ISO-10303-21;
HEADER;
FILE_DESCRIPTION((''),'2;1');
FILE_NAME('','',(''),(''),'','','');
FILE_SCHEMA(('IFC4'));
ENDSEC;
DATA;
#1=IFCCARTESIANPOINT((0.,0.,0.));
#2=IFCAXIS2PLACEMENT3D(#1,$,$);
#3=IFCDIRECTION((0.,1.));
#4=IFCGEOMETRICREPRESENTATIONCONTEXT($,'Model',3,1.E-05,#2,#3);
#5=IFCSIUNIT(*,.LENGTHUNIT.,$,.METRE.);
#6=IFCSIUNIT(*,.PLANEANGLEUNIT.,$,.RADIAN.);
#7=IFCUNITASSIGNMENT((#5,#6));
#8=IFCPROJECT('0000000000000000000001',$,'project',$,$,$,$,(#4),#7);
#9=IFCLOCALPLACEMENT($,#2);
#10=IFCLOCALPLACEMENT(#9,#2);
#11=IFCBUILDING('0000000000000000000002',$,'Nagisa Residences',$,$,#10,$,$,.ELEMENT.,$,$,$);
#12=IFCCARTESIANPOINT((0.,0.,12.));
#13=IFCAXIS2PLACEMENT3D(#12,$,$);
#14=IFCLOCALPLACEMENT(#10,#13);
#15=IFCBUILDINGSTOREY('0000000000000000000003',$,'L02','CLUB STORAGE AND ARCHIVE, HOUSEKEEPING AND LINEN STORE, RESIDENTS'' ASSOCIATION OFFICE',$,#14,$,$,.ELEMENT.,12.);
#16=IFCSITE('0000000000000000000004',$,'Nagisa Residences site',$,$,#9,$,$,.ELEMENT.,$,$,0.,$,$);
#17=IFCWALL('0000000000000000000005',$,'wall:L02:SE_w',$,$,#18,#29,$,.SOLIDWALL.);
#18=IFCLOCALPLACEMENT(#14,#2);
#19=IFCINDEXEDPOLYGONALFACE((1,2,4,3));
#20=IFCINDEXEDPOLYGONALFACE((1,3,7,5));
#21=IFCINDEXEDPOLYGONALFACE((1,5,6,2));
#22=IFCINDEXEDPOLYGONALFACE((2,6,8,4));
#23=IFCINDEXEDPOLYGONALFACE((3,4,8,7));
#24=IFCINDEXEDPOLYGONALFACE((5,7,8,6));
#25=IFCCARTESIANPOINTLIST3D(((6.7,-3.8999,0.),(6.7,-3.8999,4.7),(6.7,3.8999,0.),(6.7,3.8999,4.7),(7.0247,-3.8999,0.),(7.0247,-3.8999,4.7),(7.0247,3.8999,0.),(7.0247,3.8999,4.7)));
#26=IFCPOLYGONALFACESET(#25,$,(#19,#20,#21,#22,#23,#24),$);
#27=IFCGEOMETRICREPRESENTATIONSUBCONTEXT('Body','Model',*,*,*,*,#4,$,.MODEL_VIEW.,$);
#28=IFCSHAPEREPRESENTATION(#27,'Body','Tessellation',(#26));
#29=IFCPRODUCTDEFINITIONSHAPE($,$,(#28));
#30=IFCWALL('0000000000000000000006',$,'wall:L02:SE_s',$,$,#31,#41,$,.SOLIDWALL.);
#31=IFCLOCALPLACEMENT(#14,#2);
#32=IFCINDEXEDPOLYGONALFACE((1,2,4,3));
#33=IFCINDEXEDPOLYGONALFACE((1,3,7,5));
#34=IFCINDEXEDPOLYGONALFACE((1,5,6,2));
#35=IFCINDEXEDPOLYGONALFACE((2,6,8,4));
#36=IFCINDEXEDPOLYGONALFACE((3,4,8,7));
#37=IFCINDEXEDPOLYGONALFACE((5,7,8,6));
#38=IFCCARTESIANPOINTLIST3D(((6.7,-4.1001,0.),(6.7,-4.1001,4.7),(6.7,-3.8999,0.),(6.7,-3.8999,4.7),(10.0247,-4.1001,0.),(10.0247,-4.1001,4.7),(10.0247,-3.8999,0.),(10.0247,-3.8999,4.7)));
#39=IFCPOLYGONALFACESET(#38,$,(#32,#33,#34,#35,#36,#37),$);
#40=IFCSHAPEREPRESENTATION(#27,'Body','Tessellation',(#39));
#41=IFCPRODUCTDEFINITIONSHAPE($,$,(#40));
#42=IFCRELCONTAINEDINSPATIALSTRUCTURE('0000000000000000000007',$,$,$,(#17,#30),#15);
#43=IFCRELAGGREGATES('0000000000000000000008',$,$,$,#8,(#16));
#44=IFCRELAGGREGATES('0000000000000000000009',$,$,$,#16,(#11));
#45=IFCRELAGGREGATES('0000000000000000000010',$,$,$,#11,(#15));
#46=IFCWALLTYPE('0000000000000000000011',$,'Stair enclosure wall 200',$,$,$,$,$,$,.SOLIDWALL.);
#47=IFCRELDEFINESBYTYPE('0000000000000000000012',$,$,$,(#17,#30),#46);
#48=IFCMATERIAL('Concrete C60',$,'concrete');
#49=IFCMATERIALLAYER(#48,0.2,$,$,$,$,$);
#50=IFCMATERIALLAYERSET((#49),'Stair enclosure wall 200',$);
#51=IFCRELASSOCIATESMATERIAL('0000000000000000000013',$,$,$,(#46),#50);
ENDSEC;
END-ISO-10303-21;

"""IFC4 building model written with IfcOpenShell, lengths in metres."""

from ifc_helpers import new_model, si_unit, direction, frame, origin, place, context, subcontext, project, spatial, polyline, outline, extrude, material, layer, layer_set, type_object, element, save


model = new_model("IFC4")

# Units and contexts
model_context = context("Model", 3, precision=1e-05, world=origin(), true_north=direction((0.0, 1.0)))
body_context = subcontext(model_context, "Body", "Model", "MODEL_VIEW")
ifc_project = project(units=[si_unit("LENGTHUNIT", "METRE"), si_unit("PLANEANGLEUNIT", "RADIAN")], contexts=[model_context])

# Site, building, storey
site_placement = place(None, origin())
site = spatial("IfcSite", under=ifc_project, at=site_placement, Name="Nagisa Residences site", CompositionType="ELEMENT", RefElevation=0.0)
building_placement = place(site_placement, origin())
building = spatial("IfcBuilding", under=site, at=building_placement, Name="Nagisa Residences", CompositionType="ELEMENT")
storey_placement = place(building_placement, frame((0.0, 0.0, 12.0)))
storey = spatial("IfcBuildingStorey", under=building, at=storey_placement, Name="L02", Description="CLUB STORAGE AND ARCHIVE, HOUSEKEEPING AND LINEN STORE, RESIDENTS' ASSOCIATION OFFICE", CompositionType="ELEMENT", Elevation=12.0)

# Walls
ifc_material_1 = material(Name="Concrete C60", Category="concrete")
ifc_layer_1 = layer(ifc_material_1, 0.2)
ifc_layer_set_1 = layer_set([ifc_layer_1], Name="Stair enclosure wall 200")
wall_type_1 = type_object("IfcWallType", Name="Stair enclosure wall 200", PredefinedType="SOLIDWALL", material=ifc_layer_set_1)
wall_1_placement = place(storey_placement, origin())
element("IfcWall", 1, at=wall_1_placement, inside=storey, type_object=wall_type_1, Name="wall:L02:SE_w", PredefinedType="SOLIDWALL", context=body_context, shape_type="SweptSolid", body=[
    extrude(outline(polyline([(7.0247, -3.8999), (6.7, -3.8999), (6.7, 3.8999), (7.0247, 3.8999), (7.0247, -3.8999)])), origin(), (0.0, 0.0, 1.0), 4.7),
])
wall_2_placement = place(storey_placement, origin())
element("IfcWall", 2, at=wall_2_placement, inside=storey, type_object=wall_type_1, Name="wall:L02:SE_s", PredefinedType="SOLIDWALL", context=body_context, shape_type="SweptSolid", body=[
    extrude(outline(polyline([(10.0247, -4.1001), (6.7, -4.1001), (6.7, -3.8999), (10.0247, -3.8999), (10.0247, -4.1001)])), origin(), (0.0, 0.0, 1.0), 4.7),
])

save(model, "model.ifc")
